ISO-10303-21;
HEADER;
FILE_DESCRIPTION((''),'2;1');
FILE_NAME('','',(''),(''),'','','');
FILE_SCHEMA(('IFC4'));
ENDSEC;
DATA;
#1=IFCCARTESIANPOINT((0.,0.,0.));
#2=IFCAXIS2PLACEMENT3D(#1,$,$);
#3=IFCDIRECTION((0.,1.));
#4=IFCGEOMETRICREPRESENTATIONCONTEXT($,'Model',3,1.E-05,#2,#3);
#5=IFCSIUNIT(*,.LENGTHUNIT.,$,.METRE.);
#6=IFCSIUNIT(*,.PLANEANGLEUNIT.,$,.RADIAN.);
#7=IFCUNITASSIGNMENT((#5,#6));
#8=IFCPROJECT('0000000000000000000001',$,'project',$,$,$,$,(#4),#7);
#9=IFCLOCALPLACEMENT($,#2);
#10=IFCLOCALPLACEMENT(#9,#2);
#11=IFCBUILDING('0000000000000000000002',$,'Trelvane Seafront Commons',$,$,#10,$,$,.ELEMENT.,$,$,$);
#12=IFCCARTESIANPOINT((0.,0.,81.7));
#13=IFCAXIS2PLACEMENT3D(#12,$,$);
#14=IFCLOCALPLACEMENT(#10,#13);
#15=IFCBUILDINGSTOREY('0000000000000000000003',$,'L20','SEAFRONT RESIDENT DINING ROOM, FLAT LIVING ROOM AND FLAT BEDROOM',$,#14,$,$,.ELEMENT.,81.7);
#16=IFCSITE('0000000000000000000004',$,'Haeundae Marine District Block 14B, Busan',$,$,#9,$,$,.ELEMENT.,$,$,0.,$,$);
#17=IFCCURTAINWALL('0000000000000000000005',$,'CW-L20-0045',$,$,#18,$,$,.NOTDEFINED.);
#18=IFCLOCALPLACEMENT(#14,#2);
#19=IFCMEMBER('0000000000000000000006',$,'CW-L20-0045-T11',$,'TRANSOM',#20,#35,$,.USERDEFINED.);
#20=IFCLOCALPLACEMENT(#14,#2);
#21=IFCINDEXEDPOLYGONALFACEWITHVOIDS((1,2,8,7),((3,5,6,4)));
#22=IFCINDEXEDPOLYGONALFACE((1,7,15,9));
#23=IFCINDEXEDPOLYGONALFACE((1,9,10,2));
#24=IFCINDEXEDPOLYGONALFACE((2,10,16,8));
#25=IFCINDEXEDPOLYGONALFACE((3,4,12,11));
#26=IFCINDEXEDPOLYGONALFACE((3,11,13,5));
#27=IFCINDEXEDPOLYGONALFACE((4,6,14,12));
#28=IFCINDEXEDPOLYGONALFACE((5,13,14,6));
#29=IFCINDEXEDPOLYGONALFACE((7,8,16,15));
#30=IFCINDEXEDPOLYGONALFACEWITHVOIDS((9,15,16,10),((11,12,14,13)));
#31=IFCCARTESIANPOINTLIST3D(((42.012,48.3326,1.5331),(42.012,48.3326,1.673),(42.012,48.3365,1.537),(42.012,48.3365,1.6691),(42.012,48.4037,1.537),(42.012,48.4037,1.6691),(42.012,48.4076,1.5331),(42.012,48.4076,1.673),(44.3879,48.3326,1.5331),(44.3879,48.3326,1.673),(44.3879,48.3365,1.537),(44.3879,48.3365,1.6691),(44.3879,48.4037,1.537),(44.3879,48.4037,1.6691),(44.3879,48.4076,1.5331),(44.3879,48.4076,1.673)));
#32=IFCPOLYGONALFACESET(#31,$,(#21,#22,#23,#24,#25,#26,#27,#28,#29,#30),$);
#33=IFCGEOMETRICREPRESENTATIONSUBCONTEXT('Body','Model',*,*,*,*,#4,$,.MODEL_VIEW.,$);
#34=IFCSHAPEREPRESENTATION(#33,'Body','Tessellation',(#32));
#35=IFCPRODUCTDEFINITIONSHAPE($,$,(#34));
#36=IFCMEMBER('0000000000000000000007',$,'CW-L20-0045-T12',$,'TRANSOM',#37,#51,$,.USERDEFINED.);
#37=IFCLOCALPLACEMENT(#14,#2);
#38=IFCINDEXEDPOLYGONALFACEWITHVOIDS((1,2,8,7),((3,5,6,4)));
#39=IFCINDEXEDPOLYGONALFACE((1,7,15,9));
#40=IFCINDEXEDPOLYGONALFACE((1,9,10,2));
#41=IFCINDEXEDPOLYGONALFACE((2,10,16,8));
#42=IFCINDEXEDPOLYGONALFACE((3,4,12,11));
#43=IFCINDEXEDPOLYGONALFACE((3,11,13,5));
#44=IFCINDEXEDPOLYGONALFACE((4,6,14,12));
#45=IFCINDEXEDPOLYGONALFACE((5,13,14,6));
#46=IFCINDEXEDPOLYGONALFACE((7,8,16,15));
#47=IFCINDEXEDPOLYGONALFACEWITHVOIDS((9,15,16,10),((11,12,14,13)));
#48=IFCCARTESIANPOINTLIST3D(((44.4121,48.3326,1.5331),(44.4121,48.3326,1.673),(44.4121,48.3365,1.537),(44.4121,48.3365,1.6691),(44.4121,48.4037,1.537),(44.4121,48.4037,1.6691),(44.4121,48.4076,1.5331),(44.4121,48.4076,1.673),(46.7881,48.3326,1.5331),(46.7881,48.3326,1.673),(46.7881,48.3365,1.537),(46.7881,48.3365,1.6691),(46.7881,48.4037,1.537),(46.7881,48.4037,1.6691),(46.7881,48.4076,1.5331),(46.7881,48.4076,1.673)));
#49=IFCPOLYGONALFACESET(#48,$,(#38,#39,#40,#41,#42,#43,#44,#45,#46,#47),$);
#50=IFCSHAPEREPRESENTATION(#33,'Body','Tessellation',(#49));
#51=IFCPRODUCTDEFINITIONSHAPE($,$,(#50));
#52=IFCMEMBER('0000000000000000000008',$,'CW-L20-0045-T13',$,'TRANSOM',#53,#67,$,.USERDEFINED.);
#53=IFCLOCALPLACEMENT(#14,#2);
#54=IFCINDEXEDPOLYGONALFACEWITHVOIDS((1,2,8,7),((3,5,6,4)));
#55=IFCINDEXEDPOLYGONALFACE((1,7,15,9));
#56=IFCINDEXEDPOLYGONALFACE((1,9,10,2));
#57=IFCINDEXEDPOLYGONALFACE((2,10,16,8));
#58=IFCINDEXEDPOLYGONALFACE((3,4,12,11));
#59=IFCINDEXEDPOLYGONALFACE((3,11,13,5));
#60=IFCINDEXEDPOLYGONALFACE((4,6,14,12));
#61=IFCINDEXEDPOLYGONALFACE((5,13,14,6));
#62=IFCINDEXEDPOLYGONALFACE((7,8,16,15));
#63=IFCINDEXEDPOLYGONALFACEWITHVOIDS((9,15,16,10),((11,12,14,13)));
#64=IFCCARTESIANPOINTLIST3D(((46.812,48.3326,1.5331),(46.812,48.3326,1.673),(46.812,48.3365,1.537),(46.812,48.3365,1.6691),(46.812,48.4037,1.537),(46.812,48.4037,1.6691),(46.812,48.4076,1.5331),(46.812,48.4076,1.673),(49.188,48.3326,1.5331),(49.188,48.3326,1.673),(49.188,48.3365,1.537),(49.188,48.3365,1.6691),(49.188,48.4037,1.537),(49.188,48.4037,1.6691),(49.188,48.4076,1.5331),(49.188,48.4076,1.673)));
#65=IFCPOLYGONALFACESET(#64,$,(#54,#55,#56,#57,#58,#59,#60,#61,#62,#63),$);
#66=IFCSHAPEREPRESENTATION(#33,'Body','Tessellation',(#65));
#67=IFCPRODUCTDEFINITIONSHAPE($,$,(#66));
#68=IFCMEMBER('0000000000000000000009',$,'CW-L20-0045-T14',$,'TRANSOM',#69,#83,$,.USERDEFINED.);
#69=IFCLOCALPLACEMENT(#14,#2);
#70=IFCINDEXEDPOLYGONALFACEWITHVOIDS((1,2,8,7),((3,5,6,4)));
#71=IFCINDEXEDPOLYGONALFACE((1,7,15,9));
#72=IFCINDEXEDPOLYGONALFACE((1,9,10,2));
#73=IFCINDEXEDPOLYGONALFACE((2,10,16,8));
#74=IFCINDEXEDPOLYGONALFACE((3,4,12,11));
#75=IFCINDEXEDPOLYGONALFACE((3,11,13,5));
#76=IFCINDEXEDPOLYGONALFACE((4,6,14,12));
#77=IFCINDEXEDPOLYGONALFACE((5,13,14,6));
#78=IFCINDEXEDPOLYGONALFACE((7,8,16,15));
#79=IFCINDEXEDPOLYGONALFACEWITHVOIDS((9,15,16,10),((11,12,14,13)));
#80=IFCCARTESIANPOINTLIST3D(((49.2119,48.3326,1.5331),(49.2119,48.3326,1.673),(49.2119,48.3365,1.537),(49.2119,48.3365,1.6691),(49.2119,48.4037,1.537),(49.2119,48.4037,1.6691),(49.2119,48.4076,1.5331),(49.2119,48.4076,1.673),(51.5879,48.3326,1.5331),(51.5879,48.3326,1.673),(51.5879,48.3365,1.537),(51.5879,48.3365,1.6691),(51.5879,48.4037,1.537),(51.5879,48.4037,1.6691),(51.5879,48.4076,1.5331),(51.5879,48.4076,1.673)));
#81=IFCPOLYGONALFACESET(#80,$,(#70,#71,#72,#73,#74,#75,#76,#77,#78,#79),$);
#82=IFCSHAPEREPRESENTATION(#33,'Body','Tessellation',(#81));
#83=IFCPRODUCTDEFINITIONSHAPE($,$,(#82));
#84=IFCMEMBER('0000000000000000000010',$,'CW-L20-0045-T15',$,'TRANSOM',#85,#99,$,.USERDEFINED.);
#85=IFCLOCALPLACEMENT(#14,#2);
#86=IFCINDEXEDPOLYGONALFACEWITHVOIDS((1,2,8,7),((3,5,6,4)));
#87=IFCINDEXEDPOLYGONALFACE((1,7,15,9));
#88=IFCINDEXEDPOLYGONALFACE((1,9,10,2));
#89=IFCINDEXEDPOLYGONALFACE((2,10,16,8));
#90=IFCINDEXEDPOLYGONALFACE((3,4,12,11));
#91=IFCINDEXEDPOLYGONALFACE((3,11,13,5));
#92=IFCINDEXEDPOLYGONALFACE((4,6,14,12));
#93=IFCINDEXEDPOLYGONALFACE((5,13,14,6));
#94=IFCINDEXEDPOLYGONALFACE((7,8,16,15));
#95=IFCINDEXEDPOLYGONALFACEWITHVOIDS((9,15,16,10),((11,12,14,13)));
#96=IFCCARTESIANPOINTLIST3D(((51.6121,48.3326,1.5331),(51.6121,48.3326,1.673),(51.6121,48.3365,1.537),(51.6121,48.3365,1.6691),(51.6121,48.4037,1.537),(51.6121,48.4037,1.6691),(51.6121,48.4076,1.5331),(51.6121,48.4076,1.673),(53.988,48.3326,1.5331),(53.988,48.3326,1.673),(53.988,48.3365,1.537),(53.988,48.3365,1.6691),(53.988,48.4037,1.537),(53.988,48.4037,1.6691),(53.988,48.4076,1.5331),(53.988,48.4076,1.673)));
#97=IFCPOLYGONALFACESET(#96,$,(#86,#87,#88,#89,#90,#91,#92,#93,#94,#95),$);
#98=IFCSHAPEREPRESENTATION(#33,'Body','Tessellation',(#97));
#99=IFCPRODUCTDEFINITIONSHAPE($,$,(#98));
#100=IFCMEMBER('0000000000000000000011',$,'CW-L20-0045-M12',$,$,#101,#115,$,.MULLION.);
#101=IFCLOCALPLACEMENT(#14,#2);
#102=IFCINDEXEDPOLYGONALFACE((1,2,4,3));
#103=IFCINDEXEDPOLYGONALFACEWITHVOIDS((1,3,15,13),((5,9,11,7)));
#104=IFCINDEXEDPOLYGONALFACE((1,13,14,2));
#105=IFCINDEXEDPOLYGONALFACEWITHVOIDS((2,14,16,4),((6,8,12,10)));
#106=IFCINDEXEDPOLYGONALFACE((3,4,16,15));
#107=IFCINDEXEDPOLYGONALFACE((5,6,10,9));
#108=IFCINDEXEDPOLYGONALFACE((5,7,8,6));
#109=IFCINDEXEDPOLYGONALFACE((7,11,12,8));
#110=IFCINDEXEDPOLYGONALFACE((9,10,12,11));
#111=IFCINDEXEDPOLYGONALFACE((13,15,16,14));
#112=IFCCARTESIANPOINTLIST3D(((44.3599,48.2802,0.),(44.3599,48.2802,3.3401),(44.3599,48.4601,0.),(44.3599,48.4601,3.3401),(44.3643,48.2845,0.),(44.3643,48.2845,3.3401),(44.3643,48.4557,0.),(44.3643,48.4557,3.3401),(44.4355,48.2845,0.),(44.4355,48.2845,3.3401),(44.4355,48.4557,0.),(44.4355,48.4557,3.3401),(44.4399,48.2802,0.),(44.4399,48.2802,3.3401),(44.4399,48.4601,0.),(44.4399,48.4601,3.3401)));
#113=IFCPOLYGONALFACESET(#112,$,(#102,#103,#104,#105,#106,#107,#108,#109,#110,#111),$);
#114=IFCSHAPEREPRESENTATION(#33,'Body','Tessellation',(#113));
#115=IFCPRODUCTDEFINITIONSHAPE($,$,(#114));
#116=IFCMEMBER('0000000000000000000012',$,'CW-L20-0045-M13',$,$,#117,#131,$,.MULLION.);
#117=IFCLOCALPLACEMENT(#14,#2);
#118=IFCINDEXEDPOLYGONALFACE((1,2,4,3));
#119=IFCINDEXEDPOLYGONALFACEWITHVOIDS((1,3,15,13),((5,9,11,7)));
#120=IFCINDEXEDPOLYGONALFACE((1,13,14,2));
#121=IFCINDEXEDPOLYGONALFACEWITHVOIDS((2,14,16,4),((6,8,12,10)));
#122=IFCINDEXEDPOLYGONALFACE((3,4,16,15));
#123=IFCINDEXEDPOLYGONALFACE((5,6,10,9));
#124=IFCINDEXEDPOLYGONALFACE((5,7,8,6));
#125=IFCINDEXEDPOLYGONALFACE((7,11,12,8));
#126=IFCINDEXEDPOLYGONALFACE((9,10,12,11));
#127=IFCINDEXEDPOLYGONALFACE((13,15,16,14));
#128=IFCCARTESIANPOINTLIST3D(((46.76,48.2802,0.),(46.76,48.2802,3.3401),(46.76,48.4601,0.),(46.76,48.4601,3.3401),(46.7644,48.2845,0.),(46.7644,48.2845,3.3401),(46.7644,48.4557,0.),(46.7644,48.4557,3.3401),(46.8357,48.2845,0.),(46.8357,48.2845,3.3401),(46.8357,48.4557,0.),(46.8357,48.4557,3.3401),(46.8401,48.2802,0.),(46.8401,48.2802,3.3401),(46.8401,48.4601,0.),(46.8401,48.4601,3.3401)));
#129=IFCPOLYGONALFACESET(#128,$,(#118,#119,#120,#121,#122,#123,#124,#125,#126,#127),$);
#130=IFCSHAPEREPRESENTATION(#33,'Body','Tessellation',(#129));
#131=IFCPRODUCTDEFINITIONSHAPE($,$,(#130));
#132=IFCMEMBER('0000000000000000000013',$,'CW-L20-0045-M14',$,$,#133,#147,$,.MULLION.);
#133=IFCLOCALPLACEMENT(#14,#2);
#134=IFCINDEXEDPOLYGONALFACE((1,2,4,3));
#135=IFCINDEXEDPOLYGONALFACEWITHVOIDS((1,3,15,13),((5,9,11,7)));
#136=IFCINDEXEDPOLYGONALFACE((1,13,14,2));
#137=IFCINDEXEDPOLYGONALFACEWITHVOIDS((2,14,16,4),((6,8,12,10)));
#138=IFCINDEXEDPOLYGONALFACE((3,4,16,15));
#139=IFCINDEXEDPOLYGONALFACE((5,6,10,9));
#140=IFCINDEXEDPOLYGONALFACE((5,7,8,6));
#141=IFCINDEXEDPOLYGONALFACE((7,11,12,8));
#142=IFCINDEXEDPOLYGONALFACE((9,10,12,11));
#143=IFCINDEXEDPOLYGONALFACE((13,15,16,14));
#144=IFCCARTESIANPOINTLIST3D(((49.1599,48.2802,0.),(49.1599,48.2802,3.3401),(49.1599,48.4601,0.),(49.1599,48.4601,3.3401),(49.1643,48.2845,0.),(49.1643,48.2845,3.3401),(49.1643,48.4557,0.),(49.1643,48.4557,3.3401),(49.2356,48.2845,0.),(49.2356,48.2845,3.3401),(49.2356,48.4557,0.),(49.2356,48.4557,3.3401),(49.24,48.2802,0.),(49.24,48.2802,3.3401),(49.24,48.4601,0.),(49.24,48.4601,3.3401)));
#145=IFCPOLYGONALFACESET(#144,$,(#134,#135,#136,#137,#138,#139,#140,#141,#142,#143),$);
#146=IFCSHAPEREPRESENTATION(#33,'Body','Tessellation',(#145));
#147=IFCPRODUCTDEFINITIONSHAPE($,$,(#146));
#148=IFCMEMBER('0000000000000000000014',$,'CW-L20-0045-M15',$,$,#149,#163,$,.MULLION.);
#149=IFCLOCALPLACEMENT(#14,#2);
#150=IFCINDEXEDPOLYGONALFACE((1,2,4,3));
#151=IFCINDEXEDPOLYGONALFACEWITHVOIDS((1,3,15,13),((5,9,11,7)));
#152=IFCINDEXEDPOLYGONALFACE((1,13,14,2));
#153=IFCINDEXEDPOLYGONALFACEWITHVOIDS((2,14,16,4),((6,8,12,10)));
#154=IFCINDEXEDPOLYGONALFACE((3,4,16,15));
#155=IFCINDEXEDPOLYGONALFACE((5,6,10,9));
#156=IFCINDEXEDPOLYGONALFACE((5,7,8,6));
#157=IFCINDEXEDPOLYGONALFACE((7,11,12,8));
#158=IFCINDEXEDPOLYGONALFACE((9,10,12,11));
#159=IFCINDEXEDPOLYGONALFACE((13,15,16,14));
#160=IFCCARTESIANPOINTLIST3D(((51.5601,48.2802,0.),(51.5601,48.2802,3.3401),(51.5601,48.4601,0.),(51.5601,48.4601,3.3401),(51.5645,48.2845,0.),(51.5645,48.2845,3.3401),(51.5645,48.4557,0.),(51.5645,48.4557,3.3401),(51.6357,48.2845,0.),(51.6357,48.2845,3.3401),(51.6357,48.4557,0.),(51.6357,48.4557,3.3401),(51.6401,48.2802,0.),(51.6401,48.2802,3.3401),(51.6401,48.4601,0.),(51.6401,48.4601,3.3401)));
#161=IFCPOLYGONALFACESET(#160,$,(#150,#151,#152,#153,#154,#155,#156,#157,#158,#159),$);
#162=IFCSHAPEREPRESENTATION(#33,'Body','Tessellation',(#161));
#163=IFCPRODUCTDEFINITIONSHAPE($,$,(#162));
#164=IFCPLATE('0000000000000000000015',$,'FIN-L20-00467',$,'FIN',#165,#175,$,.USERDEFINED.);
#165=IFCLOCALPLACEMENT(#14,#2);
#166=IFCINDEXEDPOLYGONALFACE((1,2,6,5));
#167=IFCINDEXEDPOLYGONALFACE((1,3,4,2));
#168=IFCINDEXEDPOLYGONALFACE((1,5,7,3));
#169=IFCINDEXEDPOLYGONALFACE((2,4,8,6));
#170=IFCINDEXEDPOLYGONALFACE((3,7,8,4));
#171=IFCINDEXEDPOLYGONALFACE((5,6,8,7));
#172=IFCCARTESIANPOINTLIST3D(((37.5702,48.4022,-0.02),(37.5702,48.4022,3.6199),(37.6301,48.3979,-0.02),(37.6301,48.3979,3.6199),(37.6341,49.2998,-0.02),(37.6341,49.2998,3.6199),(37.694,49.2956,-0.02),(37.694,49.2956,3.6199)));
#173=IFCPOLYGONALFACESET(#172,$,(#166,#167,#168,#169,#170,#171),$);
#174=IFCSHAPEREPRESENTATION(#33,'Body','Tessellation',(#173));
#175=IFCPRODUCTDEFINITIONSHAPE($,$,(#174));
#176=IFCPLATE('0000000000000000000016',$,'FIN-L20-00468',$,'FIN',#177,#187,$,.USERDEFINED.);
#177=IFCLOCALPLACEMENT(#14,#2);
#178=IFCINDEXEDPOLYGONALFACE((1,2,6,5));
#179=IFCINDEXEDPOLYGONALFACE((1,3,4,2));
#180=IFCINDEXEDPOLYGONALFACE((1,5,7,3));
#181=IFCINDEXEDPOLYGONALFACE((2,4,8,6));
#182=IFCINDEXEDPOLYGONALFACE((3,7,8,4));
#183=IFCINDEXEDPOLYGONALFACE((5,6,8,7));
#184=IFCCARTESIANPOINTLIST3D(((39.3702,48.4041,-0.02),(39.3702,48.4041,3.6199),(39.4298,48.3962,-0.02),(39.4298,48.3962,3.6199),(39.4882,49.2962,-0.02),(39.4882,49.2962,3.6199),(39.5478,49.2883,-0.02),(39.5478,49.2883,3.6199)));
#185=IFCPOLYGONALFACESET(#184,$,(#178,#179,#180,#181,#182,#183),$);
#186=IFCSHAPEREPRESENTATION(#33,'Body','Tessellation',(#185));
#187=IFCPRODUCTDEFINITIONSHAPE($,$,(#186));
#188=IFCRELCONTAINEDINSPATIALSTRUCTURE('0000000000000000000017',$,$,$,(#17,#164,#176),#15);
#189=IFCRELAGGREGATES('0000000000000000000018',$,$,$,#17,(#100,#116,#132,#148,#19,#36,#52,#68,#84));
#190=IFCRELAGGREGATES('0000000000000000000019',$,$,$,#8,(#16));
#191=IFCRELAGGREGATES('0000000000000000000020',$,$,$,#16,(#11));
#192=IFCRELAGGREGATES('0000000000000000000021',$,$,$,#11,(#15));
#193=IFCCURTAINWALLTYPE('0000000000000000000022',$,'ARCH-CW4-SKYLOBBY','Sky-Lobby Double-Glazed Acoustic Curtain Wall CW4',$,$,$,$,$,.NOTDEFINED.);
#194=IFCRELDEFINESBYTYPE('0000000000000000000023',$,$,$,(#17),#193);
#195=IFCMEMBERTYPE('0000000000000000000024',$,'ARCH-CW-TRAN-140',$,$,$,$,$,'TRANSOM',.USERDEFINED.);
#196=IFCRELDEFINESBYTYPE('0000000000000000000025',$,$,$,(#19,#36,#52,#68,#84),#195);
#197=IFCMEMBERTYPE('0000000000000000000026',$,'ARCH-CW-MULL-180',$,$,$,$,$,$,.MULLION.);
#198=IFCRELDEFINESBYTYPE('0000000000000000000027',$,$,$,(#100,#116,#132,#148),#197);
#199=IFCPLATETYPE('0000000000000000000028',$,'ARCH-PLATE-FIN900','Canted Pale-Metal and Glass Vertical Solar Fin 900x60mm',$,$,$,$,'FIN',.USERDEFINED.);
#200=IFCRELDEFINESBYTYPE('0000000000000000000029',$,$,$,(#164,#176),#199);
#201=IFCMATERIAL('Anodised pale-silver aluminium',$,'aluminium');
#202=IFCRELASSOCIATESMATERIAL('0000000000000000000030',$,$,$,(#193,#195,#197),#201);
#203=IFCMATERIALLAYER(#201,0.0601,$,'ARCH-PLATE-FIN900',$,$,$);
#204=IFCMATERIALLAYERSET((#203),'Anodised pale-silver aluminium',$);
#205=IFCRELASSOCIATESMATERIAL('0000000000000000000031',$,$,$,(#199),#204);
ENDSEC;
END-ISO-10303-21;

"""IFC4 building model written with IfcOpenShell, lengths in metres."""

from ifc_helpers import new_model, si_unit, direction, frame, origin, origin_2d, place, context, subcontext, project, spatial, rectangle, hollow_rectangle, extrude, source, transform, mapped, material, layer, layer_set, material_profile, profile_set, type_object, element, aggregate, save


model = new_model("IFC4")

# Units and contexts
model_context = context("Model", 3, precision=1e-05, world=origin(), true_north=direction((0.0, 1.0)))
body_context = subcontext(model_context, "Body", "Model", "MODEL_VIEW")
ifc_project = project(units=[si_unit("LENGTHUNIT", "METRE"), si_unit("PLANEANGLEUNIT", "RADIAN")], contexts=[model_context])

# Site, building, storey
site_placement = place(None, origin())
site = spatial("IfcSite", under=ifc_project, at=site_placement, Name="Haeundae Marine District Block 14B, Busan", CompositionType="ELEMENT", RefElevation=0.0)
building_placement = place(site_placement, origin())
building = spatial("IfcBuilding", under=site, at=building_placement, Name="Trelvane Seafront Commons", CompositionType="ELEMENT")
storey_placement = place(building_placement, frame((0.0, 0.0, 81.7)))
storey = spatial("IfcBuildingStorey", under=building, at=storey_placement, Name="L20", Description="SEAFRONT RESIDENT DINING ROOM, FLAT LIVING ROOM AND FLAT BEDROOM", CompositionType="ELEMENT", Elevation=81.7)

# Curtain wall, members
ifc_material_1 = material(Name="Anodised pale-silver aluminium", Category="aluminium")
curtain_wall_type = type_object("IfcCurtainWallType", Name="ARCH-CW4-SKYLOBBY", Description="Sky-Lobby Double-Glazed Acoustic Curtain Wall CW4", PredefinedType="NOTDEFINED", material=ifc_material_1)
curtain_wall_placement = place(storey_placement, origin())
curtain_wall = element("IfcCurtainWall", 1, at=curtain_wall_placement, inside=storey, type_object=curtain_wall_type, Name="CW-L20-0045", PredefinedType="NOTDEFINED")
ifc_material_profile_1 = material_profile(ifc_material_1, hollow_rectangle(XDim=0.075, YDim=0.1399, WallThickness=0.0039, at=origin_2d()), Name="TRAN-75x140x4")
ifc_profile_set_1 = profile_set([ifc_material_profile_1], Name="Anodised pale-silver aluminium")
member_type_1 = type_object("IfcMemberType", Name="ARCH-CW-TRAN-140", ElementType="TRANSOM", PredefinedType="USERDEFINED", material=ifc_profile_set_1)
shared_shape_1 = source(origin(), body_context, "Body", "SweptSolid", [
    extrude(hollow_rectangle(XDim=0.075, YDim=0.1399, WallThickness=0.0039, at=origin_2d()), origin(), (0.0, 0.0, 1.0), 2.376),
])
member_1_placement = place(storey_placement, frame((42.012, 48.3701, 1.603), z_axis=(1.0, 0.0, 0.0), x_axis=(0.0, 1.0, 0.0)))
member_1 = element("IfcMember", 2, at=member_1_placement, type_object=member_type_1, Name="CW-L20-0045-T11", ObjectType="TRANSOM", PredefinedType="USERDEFINED", context=body_context, shape_type="MappedRepresentation", body=[
    mapped(shared_shape_1, transform((0.0, 0.0, 0.0), x_axis=(1.0, 0.0, 0.0), y_axis=(0.0, 1.0, 0.0), z_axis=(0.0, 0.0, 1.0), scale=1.0)),
])
member_2_placement = place(storey_placement, frame((44.4121, 48.3701, 1.603), z_axis=(1.0, 0.0, 0.0), x_axis=(0.0, 1.0, 0.0)))
member_2 = element("IfcMember", 3, at=member_2_placement, type_object=member_type_1, Name="CW-L20-0045-T12", ObjectType="TRANSOM", PredefinedType="USERDEFINED", context=body_context, shape_type="MappedRepresentation", body=[
    mapped(shared_shape_1, transform((0.0, 0.0, 0.0), x_axis=(1.0, 0.0, 0.0), y_axis=(0.0, 1.0, 0.0), z_axis=(0.0, 0.0, 1.0), scale=1.0)),
])
member_3_placement = place(storey_placement, frame((46.812, 48.3701, 1.603), z_axis=(1.0, 0.0, 0.0), x_axis=(0.0, 1.0, 0.0)))
member_3 = element("IfcMember", 4, at=member_3_placement, type_object=member_type_1, Name="CW-L20-0045-T13", ObjectType="TRANSOM", PredefinedType="USERDEFINED", context=body_context, shape_type="MappedRepresentation", body=[
    mapped(shared_shape_1, transform((0.0, 0.0, 0.0), x_axis=(1.0, 0.0, 0.0), y_axis=(0.0, 1.0, 0.0), z_axis=(0.0, 0.0, 1.0), scale=1.0)),
])
member_4_placement = place(storey_placement, frame((49.2119, 48.3701, 1.603), z_axis=(1.0, 0.0, 0.0), x_axis=(0.0, 1.0, 0.0)))
member_4 = element("IfcMember", 5, at=member_4_placement, type_object=member_type_1, Name="CW-L20-0045-T14", ObjectType="TRANSOM", PredefinedType="USERDEFINED", context=body_context, shape_type="MappedRepresentation", body=[
    mapped(shared_shape_1, transform((0.0, 0.0, 0.0), x_axis=(1.0, 0.0, 0.0), y_axis=(0.0, 1.0, 0.0), z_axis=(0.0, 0.0, 1.0), scale=1.0)),
])
member_5_placement = place(storey_placement, frame((51.6121, 48.3701, 1.603), z_axis=(1.0, 0.0, 0.0), x_axis=(0.0, 1.0, 0.0)))
member_5 = element("IfcMember", 6, at=member_5_placement, type_object=member_type_1, Name="CW-L20-0045-T15", ObjectType="TRANSOM", PredefinedType="USERDEFINED", context=body_context, shape_type="MappedRepresentation", body=[
    mapped(shared_shape_1, transform((0.0, 0.0, 0.0), x_axis=(1.0, 0.0, 0.0), y_axis=(0.0, 1.0, 0.0), z_axis=(0.0, 0.0, 1.0), scale=1.0)),
])
ifc_material_profile_2 = material_profile(ifc_material_1, hollow_rectangle(XDim=0.0801, YDim=0.1799, WallThickness=0.0044, at=origin_2d()), Name="MULL-80x180x4.5")
ifc_profile_set_2 = profile_set([ifc_material_profile_2], Name="Anodised pale-silver aluminium")
member_type_2 = type_object("IfcMemberType", Name="ARCH-CW-MULL-180", PredefinedType="MULLION", material=ifc_profile_set_2)
shared_shape_2 = source(origin(), body_context, "Body", "SweptSolid", [
    extrude(hollow_rectangle(XDim=0.0801, YDim=0.1799, WallThickness=0.0044, at=origin_2d()), origin(), (0.0, 0.0, 1.0), 3.3401),
])
member_6_placement = place(storey_placement, frame((44.3999, 48.3701, 0.0), z_axis=(0.0, 0.0, 1.0), x_axis=(1.0, 0.0, 0.0)))
member_6 = element("IfcMember", 7, at=member_6_placement, type_object=member_type_2, Name="CW-L20-0045-M12", PredefinedType="MULLION", context=body_context, shape_type="MappedRepresentation", body=[
    mapped(shared_shape_2, transform((0.0, 0.0, 0.0), x_axis=(1.0, 0.0, 0.0), y_axis=(0.0, 1.0, 0.0), z_axis=(0.0, 0.0, 1.0), scale=1.0)),
])
member_7_placement = place(storey_placement, frame((46.8, 48.3701, 0.0), z_axis=(0.0, 0.0, 1.0), x_axis=(1.0, 0.0, 0.0)))
member_7 = element("IfcMember", 8, at=member_7_placement, type_object=member_type_2, Name="CW-L20-0045-M13", PredefinedType="MULLION", context=body_context, shape_type="MappedRepresentation", body=[
    mapped(shared_shape_2, transform((0.0, 0.0, 0.0), x_axis=(1.0, 0.0, 0.0), y_axis=(0.0, 1.0, 0.0), z_axis=(0.0, 0.0, 1.0), scale=1.0)),
])
member_8_placement = place(storey_placement, frame((49.2, 48.3701, 0.0), z_axis=(0.0, 0.0, 1.0), x_axis=(1.0, 0.0, 0.0)))
member_8 = element("IfcMember", 9, at=member_8_placement, type_object=member_type_2, Name="CW-L20-0045-M14", PredefinedType="MULLION", context=body_context, shape_type="MappedRepresentation", body=[
    mapped(shared_shape_2, transform((0.0, 0.0, 0.0), x_axis=(1.0, 0.0, 0.0), y_axis=(0.0, 1.0, 0.0), z_axis=(0.0, 0.0, 1.0), scale=1.0)),
])
member_9_placement = place(storey_placement, frame((51.6001, 48.3701, 0.0), z_axis=(0.0, 0.0, 1.0), x_axis=(1.0, 0.0, 0.0)))
member_9 = element("IfcMember", 10, at=member_9_placement, type_object=member_type_2, Name="CW-L20-0045-M15", PredefinedType="MULLION", context=body_context, shape_type="MappedRepresentation", body=[
    mapped(shared_shape_2, transform((0.0, 0.0, 0.0), x_axis=(1.0, 0.0, 0.0), y_axis=(0.0, 1.0, 0.0), z_axis=(0.0, 0.0, 1.0), scale=1.0)),
])

# Plates
ifc_layer_1 = layer(ifc_material_1, 0.0601, Name="ARCH-PLATE-FIN900")
ifc_layer_set_1 = layer_set([ifc_layer_1], Name="Anodised pale-silver aluminium")
plate_type_1 = type_object("IfcPlateType", Name="ARCH-PLATE-FIN900", Description="Canted Pale-Metal and Glass Vertical Solar Fin 900x60mm", ElementType="FIN", PredefinedType="USERDEFINED", material=ifc_layer_set_1)
shared_shape_3 = source(origin(), body_context, "Body", "SweptSolid", [
    extrude(rectangle(XDim=0.8999, YDim=0.0601, at=origin_2d()), origin(), (0.0, 0.0, 1.0), 3.6399),
])
for number, where, z_axis, x_axis, name in (
    (11, (37.6321, 48.8489, -0.02), (0.0, 0.0, 1.0), (0.071003, 0.997476, 0.0), "FIN-L20-00467"),
    (12, (39.459, 48.8462, -0.02), (0.0, 0.0, 1.0), (0.131116, 0.991367, 0.0), "FIN-L20-00468"),
):
    element("IfcPlate", number, at=place(storey_placement, frame(where, z_axis=z_axis, x_axis=x_axis)), inside=storey, type_object=plate_type_1, Name=name, ObjectType="FIN", PredefinedType="USERDEFINED", context=body_context, shape_type="MappedRepresentation", body=[
        mapped(shared_shape_3, transform((0.0, 0.0, 0.0), x_axis=(1.0, 0.0, 0.0), y_axis=(0.0, 1.0, 0.0), z_axis=(0.0, 0.0, 1.0), scale=1.0)),
    ])

aggregate(curtain_wall, [member_6, member_7, member_8, member_9, member_1, member_2, member_3, member_4, member_5])

save(model, "model.ifc")
